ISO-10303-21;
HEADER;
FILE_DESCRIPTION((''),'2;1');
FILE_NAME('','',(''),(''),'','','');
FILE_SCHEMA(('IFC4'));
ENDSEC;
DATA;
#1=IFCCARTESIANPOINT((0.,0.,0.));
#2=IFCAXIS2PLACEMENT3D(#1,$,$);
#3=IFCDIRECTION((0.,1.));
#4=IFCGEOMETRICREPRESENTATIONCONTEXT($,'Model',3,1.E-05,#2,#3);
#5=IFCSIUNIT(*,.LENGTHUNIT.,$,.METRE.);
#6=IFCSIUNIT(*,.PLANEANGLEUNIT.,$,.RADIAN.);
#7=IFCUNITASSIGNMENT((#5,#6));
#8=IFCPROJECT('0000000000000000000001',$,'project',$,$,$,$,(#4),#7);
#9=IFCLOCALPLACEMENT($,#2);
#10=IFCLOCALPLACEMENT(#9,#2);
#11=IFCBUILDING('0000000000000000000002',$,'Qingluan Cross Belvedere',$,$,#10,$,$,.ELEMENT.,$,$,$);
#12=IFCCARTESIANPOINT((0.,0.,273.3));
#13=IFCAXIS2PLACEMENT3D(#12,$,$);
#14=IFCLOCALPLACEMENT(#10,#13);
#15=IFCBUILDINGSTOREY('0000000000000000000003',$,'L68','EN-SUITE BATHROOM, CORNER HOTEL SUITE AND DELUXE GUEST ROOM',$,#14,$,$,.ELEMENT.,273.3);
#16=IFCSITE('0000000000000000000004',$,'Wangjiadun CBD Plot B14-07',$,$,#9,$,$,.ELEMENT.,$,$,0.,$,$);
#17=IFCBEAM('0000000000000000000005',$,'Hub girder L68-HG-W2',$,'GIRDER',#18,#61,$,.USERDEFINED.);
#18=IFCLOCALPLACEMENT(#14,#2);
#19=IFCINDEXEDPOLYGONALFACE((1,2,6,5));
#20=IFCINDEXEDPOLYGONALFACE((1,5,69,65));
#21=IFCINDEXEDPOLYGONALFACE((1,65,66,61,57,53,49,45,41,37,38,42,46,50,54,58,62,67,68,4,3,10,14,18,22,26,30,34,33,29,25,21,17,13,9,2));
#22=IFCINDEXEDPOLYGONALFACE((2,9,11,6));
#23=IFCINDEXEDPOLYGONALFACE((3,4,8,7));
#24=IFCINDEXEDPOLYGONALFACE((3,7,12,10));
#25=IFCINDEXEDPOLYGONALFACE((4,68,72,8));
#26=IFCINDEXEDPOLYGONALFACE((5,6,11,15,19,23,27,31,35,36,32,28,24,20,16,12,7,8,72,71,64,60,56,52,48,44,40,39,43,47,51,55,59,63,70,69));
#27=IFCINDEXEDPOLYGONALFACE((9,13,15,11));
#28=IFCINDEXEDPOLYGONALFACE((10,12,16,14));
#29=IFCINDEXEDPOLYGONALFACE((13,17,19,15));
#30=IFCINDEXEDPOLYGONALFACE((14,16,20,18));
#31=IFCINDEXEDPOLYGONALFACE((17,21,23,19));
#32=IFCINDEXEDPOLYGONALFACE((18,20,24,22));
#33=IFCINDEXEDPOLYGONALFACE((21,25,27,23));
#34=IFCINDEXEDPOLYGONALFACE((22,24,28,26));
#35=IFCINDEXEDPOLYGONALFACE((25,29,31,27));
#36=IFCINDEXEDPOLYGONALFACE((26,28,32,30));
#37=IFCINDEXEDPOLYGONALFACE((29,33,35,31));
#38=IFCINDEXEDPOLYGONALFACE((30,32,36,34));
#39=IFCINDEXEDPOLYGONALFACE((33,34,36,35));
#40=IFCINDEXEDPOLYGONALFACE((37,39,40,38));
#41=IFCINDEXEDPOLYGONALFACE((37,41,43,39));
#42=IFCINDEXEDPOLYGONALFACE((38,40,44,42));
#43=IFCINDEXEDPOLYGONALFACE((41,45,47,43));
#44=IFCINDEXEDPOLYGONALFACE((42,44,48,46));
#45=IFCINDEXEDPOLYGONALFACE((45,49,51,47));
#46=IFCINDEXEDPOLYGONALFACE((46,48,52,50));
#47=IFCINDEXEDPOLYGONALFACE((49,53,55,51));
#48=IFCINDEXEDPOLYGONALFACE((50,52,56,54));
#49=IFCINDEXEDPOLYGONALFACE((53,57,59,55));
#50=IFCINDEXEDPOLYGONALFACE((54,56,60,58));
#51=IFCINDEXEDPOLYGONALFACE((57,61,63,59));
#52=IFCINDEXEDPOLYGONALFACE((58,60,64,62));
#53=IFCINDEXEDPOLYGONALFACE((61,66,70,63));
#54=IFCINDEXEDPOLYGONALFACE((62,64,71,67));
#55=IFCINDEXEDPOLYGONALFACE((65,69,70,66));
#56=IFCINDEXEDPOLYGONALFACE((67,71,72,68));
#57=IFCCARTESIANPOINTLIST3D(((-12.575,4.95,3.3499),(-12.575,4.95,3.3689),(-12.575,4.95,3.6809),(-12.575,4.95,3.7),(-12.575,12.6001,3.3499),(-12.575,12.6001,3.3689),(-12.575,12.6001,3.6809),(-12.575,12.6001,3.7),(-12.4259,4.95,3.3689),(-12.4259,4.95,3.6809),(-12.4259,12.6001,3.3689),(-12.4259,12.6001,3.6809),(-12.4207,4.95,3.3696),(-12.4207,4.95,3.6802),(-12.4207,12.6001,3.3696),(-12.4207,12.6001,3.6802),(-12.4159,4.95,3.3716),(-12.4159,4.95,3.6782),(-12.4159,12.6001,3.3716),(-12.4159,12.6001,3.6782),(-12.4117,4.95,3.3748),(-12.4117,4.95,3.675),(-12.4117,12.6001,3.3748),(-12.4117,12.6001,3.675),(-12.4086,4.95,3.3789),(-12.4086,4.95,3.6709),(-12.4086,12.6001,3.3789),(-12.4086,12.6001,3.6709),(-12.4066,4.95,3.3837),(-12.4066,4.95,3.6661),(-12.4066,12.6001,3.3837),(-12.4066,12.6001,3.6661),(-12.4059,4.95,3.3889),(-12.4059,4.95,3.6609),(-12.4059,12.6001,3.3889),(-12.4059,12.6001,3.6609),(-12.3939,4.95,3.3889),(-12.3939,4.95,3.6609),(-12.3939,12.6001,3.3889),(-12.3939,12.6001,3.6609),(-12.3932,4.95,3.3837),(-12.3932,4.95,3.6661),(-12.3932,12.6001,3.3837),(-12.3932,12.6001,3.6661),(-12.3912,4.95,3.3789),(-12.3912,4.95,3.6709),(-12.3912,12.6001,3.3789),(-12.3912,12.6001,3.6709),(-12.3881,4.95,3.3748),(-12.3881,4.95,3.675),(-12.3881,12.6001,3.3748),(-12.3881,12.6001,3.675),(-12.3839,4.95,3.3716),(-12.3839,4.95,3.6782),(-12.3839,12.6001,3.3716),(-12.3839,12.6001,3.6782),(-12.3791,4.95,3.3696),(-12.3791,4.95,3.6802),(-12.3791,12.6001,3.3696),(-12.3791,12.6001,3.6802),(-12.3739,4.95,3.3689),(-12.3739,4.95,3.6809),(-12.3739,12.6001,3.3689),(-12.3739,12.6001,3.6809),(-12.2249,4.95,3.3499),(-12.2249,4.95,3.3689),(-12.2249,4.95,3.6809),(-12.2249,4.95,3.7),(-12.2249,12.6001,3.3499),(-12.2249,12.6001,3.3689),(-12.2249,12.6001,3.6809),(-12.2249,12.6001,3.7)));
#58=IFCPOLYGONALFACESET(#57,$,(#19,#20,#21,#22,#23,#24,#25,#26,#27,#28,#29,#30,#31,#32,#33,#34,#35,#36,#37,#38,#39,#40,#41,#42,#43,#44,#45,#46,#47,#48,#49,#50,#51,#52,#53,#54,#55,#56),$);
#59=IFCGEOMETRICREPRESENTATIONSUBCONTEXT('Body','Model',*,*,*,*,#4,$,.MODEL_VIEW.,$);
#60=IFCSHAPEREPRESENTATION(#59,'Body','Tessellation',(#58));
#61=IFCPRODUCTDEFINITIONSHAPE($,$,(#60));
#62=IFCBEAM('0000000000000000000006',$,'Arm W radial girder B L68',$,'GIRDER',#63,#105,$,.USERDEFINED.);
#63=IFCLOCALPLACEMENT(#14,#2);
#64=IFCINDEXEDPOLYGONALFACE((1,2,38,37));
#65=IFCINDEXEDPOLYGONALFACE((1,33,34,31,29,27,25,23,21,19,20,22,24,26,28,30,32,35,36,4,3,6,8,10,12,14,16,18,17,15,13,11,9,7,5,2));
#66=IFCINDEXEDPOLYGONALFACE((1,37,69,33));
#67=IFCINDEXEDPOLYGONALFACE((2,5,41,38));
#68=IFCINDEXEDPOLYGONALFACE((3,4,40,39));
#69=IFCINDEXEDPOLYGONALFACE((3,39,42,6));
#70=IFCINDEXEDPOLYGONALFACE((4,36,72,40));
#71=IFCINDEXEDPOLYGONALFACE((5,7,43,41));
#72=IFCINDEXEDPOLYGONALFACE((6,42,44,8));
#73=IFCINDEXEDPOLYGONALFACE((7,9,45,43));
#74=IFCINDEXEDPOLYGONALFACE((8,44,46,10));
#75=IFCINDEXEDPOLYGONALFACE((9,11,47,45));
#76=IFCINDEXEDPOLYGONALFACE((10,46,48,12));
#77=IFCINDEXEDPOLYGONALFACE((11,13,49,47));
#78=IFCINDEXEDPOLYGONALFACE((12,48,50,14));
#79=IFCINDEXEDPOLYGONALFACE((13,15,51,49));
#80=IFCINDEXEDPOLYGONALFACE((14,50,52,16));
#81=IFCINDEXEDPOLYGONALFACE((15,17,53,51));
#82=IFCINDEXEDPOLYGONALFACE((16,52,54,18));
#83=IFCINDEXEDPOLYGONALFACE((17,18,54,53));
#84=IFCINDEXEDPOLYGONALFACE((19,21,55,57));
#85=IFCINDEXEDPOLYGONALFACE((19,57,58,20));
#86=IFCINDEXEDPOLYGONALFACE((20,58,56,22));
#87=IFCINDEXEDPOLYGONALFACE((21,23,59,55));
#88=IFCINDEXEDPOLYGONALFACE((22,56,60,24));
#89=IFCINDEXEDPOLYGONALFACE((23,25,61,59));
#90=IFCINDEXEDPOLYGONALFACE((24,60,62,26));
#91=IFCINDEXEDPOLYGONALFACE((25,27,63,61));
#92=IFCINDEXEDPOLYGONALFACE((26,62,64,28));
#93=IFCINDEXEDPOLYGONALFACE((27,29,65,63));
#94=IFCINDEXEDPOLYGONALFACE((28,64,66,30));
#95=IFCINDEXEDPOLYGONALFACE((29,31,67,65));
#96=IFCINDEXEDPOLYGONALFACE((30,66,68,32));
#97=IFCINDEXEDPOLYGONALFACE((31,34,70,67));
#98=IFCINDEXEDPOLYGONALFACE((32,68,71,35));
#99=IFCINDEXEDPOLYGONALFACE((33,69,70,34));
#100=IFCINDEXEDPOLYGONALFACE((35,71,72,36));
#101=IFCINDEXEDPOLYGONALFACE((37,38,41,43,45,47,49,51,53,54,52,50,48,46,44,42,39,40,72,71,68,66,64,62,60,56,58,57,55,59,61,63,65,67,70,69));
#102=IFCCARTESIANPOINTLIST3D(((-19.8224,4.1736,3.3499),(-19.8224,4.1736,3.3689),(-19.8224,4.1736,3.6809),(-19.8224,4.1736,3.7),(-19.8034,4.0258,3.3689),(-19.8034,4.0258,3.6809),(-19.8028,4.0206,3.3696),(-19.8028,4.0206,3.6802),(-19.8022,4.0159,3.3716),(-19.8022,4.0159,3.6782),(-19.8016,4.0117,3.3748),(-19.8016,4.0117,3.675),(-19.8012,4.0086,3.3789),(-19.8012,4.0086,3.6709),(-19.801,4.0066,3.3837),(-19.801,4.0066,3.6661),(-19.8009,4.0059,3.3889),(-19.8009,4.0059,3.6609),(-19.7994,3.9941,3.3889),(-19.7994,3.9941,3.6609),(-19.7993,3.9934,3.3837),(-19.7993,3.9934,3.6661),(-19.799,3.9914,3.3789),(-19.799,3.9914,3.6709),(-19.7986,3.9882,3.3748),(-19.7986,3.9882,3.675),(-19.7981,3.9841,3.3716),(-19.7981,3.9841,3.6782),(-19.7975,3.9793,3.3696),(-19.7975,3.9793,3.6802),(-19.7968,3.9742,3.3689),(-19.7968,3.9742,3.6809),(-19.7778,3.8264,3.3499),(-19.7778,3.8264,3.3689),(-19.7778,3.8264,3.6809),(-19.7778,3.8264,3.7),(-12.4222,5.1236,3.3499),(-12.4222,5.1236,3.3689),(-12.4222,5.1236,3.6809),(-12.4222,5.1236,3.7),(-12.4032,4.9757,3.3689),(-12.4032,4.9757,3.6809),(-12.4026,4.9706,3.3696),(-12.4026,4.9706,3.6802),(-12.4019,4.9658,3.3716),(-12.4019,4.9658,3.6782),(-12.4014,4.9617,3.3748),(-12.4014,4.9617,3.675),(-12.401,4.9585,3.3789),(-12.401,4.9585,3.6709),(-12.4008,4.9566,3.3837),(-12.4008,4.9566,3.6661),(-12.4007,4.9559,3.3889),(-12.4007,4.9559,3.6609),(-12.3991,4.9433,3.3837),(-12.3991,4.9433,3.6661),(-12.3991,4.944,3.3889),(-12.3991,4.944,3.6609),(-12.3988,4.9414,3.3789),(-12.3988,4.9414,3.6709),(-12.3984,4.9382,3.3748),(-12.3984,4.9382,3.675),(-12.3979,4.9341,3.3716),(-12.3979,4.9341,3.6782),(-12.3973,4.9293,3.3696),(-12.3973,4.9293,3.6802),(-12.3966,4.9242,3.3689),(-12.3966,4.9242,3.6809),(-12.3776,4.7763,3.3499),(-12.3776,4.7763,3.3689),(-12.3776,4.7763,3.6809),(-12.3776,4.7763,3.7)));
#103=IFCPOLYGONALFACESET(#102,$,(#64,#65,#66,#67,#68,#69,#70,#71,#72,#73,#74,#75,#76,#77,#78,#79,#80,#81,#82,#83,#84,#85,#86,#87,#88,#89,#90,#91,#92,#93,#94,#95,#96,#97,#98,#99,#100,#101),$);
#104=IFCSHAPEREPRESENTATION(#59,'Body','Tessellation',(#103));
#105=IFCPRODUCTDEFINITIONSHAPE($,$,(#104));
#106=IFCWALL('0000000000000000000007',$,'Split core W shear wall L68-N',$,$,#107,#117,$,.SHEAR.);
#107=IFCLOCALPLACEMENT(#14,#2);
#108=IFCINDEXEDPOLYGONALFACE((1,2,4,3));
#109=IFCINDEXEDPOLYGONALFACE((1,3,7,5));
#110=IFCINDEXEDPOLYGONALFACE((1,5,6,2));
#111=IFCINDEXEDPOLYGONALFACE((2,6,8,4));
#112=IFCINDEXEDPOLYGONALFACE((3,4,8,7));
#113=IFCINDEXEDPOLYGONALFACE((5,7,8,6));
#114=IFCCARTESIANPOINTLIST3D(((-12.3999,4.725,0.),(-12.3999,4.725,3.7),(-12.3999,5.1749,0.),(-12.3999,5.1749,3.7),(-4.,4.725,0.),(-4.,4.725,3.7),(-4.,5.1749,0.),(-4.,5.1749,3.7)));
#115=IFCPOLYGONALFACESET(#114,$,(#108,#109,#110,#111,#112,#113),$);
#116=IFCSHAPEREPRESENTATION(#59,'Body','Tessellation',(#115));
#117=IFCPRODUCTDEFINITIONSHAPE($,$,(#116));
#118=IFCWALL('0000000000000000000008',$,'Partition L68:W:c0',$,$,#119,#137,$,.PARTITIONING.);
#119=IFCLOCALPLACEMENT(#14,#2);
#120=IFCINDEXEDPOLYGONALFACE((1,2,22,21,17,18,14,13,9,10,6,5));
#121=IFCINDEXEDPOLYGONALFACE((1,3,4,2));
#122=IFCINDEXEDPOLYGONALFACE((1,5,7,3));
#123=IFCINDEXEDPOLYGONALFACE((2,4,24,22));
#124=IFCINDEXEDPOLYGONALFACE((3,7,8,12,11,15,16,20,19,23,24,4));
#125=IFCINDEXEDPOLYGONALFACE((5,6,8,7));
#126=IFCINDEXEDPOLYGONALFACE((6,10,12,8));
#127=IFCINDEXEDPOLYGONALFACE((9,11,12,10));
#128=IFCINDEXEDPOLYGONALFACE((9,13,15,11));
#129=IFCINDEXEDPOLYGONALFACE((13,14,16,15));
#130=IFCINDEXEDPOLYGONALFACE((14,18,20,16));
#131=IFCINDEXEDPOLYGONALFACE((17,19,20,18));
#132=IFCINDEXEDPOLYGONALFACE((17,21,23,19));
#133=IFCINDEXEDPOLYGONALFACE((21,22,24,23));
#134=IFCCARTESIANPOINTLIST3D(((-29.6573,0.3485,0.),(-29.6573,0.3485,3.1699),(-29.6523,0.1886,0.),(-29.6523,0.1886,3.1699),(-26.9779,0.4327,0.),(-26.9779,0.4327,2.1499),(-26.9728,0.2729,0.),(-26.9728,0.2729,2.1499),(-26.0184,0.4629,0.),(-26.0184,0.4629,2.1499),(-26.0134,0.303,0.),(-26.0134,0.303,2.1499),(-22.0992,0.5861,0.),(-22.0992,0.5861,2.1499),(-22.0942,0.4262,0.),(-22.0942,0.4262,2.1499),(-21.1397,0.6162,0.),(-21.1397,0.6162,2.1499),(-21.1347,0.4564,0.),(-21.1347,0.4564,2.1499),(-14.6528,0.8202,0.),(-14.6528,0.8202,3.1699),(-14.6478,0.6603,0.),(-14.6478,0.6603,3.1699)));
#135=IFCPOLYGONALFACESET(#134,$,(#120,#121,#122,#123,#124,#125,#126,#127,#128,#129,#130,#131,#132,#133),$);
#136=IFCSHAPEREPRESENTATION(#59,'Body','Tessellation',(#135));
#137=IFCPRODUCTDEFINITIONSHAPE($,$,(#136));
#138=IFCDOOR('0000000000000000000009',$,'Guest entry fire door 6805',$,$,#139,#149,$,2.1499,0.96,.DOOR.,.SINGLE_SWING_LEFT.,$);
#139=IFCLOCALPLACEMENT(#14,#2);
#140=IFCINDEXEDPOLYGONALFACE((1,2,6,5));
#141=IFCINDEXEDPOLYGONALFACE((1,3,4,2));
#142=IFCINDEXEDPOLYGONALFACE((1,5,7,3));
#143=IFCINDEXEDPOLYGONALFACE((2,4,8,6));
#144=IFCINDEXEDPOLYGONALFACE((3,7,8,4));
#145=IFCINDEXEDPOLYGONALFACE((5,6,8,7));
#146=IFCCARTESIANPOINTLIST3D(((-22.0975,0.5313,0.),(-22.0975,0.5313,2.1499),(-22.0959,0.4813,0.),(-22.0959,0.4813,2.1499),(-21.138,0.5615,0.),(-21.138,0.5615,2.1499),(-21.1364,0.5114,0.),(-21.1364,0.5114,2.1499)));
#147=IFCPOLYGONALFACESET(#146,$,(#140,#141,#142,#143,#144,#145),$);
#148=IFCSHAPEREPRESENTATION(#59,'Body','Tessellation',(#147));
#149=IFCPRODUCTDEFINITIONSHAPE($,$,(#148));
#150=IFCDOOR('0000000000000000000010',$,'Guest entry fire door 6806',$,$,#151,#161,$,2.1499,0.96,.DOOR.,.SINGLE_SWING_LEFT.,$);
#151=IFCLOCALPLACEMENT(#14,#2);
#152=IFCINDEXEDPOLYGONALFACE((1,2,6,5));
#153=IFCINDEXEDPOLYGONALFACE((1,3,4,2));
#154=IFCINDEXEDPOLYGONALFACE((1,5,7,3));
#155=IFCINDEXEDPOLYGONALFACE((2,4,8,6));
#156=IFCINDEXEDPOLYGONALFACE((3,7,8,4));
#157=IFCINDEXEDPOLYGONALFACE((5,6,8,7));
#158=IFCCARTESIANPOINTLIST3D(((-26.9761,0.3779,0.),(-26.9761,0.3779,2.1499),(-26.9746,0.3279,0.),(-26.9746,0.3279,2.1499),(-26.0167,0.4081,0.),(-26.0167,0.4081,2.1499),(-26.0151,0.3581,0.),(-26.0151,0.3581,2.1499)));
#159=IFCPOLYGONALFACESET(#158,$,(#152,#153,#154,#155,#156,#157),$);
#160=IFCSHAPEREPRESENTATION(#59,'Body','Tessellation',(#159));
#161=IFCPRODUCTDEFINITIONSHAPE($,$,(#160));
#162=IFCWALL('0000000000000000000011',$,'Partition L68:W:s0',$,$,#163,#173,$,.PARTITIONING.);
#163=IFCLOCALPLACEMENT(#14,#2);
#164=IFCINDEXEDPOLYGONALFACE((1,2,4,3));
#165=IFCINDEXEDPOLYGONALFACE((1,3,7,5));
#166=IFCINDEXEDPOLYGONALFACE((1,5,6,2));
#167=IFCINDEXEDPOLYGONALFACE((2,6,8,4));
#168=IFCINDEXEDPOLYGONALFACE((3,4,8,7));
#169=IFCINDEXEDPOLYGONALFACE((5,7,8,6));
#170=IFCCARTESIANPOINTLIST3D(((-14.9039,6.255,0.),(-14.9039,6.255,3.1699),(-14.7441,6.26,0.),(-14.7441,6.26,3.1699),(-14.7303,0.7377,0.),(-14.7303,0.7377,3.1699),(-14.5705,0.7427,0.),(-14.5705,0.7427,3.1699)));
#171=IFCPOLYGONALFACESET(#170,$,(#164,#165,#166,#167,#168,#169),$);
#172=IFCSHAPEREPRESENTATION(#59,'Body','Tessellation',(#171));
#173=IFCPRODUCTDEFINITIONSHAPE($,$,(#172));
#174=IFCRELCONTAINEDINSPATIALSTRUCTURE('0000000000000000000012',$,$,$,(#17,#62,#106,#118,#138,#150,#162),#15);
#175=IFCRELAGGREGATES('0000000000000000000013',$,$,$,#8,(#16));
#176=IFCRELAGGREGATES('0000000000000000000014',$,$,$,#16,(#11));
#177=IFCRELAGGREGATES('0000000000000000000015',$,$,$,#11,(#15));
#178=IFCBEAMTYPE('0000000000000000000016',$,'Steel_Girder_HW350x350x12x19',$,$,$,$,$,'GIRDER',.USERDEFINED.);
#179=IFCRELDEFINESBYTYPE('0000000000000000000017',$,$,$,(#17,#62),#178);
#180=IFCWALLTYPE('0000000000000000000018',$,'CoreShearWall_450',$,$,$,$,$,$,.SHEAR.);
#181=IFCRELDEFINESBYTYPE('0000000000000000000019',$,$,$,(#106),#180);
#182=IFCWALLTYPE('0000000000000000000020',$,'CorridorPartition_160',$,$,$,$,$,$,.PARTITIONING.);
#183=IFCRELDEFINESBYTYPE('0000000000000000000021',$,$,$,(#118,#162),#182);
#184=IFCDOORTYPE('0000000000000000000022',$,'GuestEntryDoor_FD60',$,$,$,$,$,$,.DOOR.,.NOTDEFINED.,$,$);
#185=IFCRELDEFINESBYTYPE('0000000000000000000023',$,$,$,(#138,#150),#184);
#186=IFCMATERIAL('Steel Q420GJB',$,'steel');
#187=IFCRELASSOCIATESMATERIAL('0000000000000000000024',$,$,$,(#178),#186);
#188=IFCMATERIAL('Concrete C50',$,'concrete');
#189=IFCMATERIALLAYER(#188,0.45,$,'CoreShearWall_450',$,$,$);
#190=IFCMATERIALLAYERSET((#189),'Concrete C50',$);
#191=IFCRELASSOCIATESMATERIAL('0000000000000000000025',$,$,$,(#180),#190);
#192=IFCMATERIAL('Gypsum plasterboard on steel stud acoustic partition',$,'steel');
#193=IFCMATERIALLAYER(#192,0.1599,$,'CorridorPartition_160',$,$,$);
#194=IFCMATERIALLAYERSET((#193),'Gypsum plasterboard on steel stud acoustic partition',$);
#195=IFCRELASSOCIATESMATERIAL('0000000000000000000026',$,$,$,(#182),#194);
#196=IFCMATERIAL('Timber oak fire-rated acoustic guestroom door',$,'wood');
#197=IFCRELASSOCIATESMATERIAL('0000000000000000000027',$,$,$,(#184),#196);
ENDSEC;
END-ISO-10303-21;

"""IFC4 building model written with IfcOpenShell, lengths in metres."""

from ifc_helpers import new_model, si_unit, direction, frame, frame_2d, origin, origin_2d, place, context, subcontext, project, spatial, rectangle, i_section, extrude, material, layer, layer_set, material_profile, profile_set, type_object, element, fill, save


model = new_model("IFC4")

# Units and contexts
model_context = context("Model", 3, precision=1e-05, world=origin(), true_north=direction((0.0, 1.0)))
body_context = subcontext(model_context, "Body", "Model", "MODEL_VIEW")
ifc_project = project(units=[si_unit("LENGTHUNIT", "METRE"), si_unit("PLANEANGLEUNIT", "RADIAN")], contexts=[model_context])

# Site, building, storey
site_placement = place(None, origin())
site = spatial("IfcSite", under=ifc_project, at=site_placement, Name="Wangjiadun CBD Plot B14-07", CompositionType="ELEMENT", RefElevation=0.0)
building_placement = place(site_placement, origin())
building = spatial("IfcBuilding", under=site, at=building_placement, Name="Qingluan Cross Belvedere", CompositionType="ELEMENT")
storey_placement = place(building_placement, frame((0.0, 0.0, 273.3)))
storey = spatial("IfcBuildingStorey", under=building, at=storey_placement, Name="L68", Description="EN-SUITE BATHROOM, CORNER HOTEL SUITE AND DELUXE GUEST ROOM", CompositionType="ELEMENT", Elevation=273.3)

# Beams
ifc_material_1 = material(Name="Steel Q420GJB", Category="steel")
ifc_material_profile = material_profile(ifc_material_1, i_section(OverallWidth=0.3501, OverallDepth=0.3501, WebThickness=0.012, FlangeThickness=0.019, FilletRadius=0.02, at=origin_2d()), Name="HW350x350x12x19")
ifc_profile_set = profile_set([ifc_material_profile], Name="Steel Q420GJB")
beam_type = type_object("IfcBeamType", Name="Steel_Girder_HW350x350x12x19", ElementType="GIRDER", PredefinedType="USERDEFINED", material=ifc_profile_set)
beam_1_placement = place(storey_placement, frame((-12.3999, 4.95, 3.5249), z_axis=(0.0, 1.0, 0.0), x_axis=(-1.0, 0.0, 0.0)))
element("IfcBeam", 1, at=beam_1_placement, inside=storey, type_object=beam_type, Name="Hub girder L68-HG-W2", ObjectType="GIRDER", PredefinedType="USERDEFINED", context=body_context, shape_type="SweptSolid", body=[
    extrude(i_section(OverallWidth=0.3501, OverallDepth=0.3501, WebThickness=0.012, FlangeThickness=0.019, FilletRadius=0.02, at=origin_2d()), origin(), (0.0, 0.0, 1.0), 7.6501),
])
beam_2_placement = place(storey_placement, frame((-12.3999, 4.95, 3.5249), z_axis=(-0.991861, -0.127324, 0.0), x_axis=(0.127324, -0.991861, 0.0)))
element("IfcBeam", 2, at=beam_2_placement, inside=storey, type_object=beam_type, Name="Arm W radial girder B L68", ObjectType="GIRDER", PredefinedType="USERDEFINED", context=body_context, shape_type="SweptSolid", body=[
    extrude(i_section(OverallWidth=0.3501, OverallDepth=0.3501, WebThickness=0.012, FlangeThickness=0.019, FilletRadius=0.02, at=origin_2d()), origin(), (0.0, 0.0, 1.0), 7.4609),
])

# Wall
ifc_material_2 = material(Name="Concrete C50", Category="concrete")
ifc_layer_1 = layer(ifc_material_2, 0.45, Name="CoreShearWall_450")
ifc_layer_set_1 = layer_set([ifc_layer_1], Name="Concrete C50")
wall_type_1 = type_object("IfcWallType", Name="CoreShearWall_450", PredefinedType="SHEAR", material=ifc_layer_set_1)
wall_1_placement = place(storey_placement, frame((-12.3999, 4.95, 0.0), z_axis=(0.0, 0.0, 1.0), x_axis=(1.0, 0.0, 0.0)))
element("IfcWall", 3, at=wall_1_placement, inside=storey, type_object=wall_type_1, Name="Split core W shear wall L68-N", PredefinedType="SHEAR", context=body_context, shape_type="SweptSolid", body=[
    extrude(rectangle(XDim=8.3999, YDim=0.45, at=frame_2d((4.2, 0.0))), origin(), (0.0, 0.0, 1.0), 3.7),
])

# Wall, openings, doors
ifc_material_3 = material(Name="Gypsum plasterboard on steel stud acoustic partition", Category="steel")
ifc_layer_2 = layer(ifc_material_3, 0.1599, Name="CorridorPartition_160")
ifc_layer_set_2 = layer_set([ifc_layer_2], Name="Gypsum plasterboard on steel stud acoustic partition")
wall_type_2 = type_object("IfcWallType", Name="CorridorPartition_160", PredefinedType="PARTITIONING", material=ifc_layer_set_2)
wall_2_placement = place(storey_placement, frame((-14.6504, 0.7402, 0.0), z_axis=(0.0, 0.0, 1.0), x_axis=(-0.999506, -0.03142, 0.0)))
wall_2 = element("IfcWall", 4, at=wall_2_placement, inside=storey, type_object=wall_type_2, Name="Partition L68:W:c0", PredefinedType="PARTITIONING", context=body_context, shape_type="SweptSolid", body=[
    extrude(rectangle(XDim=15.012, YDim=0.1599, at=frame_2d((7.5059, 0.0))), origin(), (0.0, 0.0, 1.0), 3.1699),
])
opening_1_placement = place(wall_2_placement, frame((6.49, 0.0, 0.0)))
opening_1 = element("IfcOpeningElement", 5, at=opening_1_placement, cuts=wall_2, PredefinedType="OPENING", context=body_context, shape_type="SweptSolid", body=[
    extrude(rectangle(XDim=0.96, YDim=2.1499, at=frame_2d((0.48, 1.075))), frame((0.0, 0.0898, 0.0), z_axis=(0.0, -1.0, 0.0), x_axis=(1.0, 0.0, 0.0)), (0.0, 0.0, 1.0), 0.1799),
])
opening_2_placement = place(wall_2_placement, frame((11.3711, 0.0, 0.0)))
opening_2 = element("IfcOpeningElement", 6, at=opening_2_placement, cuts=wall_2, PredefinedType="OPENING", context=body_context, shape_type="SweptSolid", body=[
    extrude(rectangle(XDim=0.96, YDim=2.1499, at=frame_2d((0.48, 1.075))), frame((0.0, 0.0898, 0.0), z_axis=(0.0, -1.0, 0.0), x_axis=(1.0, 0.0, 0.0)), (0.0, 0.0, 1.0), 0.1799),
])
ifc_material_4 = material(Name="Timber oak fire-rated acoustic guestroom door", Category="wood")
door_type = type_object("IfcDoorType", Name="GuestEntryDoor_FD60", OperationType="NOTDEFINED", PredefinedType="DOOR", material=ifc_material_4)
door_1_placement = place(opening_1_placement, origin())
door_1 = element("IfcDoor", 7, at=door_1_placement, inside=storey, type_object=door_type, Name="Guest entry fire door 6805", OperationType="SINGLE_SWING_LEFT", OverallHeight=2.1499, OverallWidth=0.96, PredefinedType="DOOR", context=body_context, shape_type="SweptSolid", body=[
    extrude(rectangle(XDim=0.96, YDim=2.1499, at=frame_2d((0.48, 1.075))), frame((0.0, 0.0249, 0.0), z_axis=(0.0, -1.0, 0.0), x_axis=(1.0, 0.0, 0.0)), (0.0, 0.0, 1.0), 0.05),
])
fill(opening_1, door_1)
door_2_placement = place(opening_2_placement, origin())
door_2 = element("IfcDoor", 8, at=door_2_placement, inside=storey, type_object=door_type, Name="Guest entry fire door 6806", OperationType="SINGLE_SWING_LEFT", OverallHeight=2.1499, OverallWidth=0.96, PredefinedType="DOOR", context=body_context, shape_type="SweptSolid", body=[
    extrude(rectangle(XDim=0.96, YDim=2.1499, at=frame_2d((0.48, 1.075))), frame((0.0, 0.0249, 0.0), z_axis=(0.0, -1.0, 0.0), x_axis=(1.0, 0.0, 0.0)), (0.0, 0.0, 1.0), 0.05),
])
fill(opening_2, door_2)

# Wall
wall_3_placement = place(storey_placement, frame((-14.6504, 0.7402, 0.0), z_axis=(0.0, 0.0, 1.0), x_axis=(-0.031446, 0.999505, 0.0)))
element("IfcWall", 9, at=wall_3_placement, inside=storey, type_object=wall_type_2, Name="Partition L68:W:s0", PredefinedType="PARTITIONING", context=body_context, shape_type="SweptSolid", body=[
    extrude(rectangle(XDim=5.52, YDim=0.1599, at=frame_2d((2.76, 0.0))), origin(), (0.0, 0.0, 1.0), 3.1699),
])

save(model, "model.ifc")
